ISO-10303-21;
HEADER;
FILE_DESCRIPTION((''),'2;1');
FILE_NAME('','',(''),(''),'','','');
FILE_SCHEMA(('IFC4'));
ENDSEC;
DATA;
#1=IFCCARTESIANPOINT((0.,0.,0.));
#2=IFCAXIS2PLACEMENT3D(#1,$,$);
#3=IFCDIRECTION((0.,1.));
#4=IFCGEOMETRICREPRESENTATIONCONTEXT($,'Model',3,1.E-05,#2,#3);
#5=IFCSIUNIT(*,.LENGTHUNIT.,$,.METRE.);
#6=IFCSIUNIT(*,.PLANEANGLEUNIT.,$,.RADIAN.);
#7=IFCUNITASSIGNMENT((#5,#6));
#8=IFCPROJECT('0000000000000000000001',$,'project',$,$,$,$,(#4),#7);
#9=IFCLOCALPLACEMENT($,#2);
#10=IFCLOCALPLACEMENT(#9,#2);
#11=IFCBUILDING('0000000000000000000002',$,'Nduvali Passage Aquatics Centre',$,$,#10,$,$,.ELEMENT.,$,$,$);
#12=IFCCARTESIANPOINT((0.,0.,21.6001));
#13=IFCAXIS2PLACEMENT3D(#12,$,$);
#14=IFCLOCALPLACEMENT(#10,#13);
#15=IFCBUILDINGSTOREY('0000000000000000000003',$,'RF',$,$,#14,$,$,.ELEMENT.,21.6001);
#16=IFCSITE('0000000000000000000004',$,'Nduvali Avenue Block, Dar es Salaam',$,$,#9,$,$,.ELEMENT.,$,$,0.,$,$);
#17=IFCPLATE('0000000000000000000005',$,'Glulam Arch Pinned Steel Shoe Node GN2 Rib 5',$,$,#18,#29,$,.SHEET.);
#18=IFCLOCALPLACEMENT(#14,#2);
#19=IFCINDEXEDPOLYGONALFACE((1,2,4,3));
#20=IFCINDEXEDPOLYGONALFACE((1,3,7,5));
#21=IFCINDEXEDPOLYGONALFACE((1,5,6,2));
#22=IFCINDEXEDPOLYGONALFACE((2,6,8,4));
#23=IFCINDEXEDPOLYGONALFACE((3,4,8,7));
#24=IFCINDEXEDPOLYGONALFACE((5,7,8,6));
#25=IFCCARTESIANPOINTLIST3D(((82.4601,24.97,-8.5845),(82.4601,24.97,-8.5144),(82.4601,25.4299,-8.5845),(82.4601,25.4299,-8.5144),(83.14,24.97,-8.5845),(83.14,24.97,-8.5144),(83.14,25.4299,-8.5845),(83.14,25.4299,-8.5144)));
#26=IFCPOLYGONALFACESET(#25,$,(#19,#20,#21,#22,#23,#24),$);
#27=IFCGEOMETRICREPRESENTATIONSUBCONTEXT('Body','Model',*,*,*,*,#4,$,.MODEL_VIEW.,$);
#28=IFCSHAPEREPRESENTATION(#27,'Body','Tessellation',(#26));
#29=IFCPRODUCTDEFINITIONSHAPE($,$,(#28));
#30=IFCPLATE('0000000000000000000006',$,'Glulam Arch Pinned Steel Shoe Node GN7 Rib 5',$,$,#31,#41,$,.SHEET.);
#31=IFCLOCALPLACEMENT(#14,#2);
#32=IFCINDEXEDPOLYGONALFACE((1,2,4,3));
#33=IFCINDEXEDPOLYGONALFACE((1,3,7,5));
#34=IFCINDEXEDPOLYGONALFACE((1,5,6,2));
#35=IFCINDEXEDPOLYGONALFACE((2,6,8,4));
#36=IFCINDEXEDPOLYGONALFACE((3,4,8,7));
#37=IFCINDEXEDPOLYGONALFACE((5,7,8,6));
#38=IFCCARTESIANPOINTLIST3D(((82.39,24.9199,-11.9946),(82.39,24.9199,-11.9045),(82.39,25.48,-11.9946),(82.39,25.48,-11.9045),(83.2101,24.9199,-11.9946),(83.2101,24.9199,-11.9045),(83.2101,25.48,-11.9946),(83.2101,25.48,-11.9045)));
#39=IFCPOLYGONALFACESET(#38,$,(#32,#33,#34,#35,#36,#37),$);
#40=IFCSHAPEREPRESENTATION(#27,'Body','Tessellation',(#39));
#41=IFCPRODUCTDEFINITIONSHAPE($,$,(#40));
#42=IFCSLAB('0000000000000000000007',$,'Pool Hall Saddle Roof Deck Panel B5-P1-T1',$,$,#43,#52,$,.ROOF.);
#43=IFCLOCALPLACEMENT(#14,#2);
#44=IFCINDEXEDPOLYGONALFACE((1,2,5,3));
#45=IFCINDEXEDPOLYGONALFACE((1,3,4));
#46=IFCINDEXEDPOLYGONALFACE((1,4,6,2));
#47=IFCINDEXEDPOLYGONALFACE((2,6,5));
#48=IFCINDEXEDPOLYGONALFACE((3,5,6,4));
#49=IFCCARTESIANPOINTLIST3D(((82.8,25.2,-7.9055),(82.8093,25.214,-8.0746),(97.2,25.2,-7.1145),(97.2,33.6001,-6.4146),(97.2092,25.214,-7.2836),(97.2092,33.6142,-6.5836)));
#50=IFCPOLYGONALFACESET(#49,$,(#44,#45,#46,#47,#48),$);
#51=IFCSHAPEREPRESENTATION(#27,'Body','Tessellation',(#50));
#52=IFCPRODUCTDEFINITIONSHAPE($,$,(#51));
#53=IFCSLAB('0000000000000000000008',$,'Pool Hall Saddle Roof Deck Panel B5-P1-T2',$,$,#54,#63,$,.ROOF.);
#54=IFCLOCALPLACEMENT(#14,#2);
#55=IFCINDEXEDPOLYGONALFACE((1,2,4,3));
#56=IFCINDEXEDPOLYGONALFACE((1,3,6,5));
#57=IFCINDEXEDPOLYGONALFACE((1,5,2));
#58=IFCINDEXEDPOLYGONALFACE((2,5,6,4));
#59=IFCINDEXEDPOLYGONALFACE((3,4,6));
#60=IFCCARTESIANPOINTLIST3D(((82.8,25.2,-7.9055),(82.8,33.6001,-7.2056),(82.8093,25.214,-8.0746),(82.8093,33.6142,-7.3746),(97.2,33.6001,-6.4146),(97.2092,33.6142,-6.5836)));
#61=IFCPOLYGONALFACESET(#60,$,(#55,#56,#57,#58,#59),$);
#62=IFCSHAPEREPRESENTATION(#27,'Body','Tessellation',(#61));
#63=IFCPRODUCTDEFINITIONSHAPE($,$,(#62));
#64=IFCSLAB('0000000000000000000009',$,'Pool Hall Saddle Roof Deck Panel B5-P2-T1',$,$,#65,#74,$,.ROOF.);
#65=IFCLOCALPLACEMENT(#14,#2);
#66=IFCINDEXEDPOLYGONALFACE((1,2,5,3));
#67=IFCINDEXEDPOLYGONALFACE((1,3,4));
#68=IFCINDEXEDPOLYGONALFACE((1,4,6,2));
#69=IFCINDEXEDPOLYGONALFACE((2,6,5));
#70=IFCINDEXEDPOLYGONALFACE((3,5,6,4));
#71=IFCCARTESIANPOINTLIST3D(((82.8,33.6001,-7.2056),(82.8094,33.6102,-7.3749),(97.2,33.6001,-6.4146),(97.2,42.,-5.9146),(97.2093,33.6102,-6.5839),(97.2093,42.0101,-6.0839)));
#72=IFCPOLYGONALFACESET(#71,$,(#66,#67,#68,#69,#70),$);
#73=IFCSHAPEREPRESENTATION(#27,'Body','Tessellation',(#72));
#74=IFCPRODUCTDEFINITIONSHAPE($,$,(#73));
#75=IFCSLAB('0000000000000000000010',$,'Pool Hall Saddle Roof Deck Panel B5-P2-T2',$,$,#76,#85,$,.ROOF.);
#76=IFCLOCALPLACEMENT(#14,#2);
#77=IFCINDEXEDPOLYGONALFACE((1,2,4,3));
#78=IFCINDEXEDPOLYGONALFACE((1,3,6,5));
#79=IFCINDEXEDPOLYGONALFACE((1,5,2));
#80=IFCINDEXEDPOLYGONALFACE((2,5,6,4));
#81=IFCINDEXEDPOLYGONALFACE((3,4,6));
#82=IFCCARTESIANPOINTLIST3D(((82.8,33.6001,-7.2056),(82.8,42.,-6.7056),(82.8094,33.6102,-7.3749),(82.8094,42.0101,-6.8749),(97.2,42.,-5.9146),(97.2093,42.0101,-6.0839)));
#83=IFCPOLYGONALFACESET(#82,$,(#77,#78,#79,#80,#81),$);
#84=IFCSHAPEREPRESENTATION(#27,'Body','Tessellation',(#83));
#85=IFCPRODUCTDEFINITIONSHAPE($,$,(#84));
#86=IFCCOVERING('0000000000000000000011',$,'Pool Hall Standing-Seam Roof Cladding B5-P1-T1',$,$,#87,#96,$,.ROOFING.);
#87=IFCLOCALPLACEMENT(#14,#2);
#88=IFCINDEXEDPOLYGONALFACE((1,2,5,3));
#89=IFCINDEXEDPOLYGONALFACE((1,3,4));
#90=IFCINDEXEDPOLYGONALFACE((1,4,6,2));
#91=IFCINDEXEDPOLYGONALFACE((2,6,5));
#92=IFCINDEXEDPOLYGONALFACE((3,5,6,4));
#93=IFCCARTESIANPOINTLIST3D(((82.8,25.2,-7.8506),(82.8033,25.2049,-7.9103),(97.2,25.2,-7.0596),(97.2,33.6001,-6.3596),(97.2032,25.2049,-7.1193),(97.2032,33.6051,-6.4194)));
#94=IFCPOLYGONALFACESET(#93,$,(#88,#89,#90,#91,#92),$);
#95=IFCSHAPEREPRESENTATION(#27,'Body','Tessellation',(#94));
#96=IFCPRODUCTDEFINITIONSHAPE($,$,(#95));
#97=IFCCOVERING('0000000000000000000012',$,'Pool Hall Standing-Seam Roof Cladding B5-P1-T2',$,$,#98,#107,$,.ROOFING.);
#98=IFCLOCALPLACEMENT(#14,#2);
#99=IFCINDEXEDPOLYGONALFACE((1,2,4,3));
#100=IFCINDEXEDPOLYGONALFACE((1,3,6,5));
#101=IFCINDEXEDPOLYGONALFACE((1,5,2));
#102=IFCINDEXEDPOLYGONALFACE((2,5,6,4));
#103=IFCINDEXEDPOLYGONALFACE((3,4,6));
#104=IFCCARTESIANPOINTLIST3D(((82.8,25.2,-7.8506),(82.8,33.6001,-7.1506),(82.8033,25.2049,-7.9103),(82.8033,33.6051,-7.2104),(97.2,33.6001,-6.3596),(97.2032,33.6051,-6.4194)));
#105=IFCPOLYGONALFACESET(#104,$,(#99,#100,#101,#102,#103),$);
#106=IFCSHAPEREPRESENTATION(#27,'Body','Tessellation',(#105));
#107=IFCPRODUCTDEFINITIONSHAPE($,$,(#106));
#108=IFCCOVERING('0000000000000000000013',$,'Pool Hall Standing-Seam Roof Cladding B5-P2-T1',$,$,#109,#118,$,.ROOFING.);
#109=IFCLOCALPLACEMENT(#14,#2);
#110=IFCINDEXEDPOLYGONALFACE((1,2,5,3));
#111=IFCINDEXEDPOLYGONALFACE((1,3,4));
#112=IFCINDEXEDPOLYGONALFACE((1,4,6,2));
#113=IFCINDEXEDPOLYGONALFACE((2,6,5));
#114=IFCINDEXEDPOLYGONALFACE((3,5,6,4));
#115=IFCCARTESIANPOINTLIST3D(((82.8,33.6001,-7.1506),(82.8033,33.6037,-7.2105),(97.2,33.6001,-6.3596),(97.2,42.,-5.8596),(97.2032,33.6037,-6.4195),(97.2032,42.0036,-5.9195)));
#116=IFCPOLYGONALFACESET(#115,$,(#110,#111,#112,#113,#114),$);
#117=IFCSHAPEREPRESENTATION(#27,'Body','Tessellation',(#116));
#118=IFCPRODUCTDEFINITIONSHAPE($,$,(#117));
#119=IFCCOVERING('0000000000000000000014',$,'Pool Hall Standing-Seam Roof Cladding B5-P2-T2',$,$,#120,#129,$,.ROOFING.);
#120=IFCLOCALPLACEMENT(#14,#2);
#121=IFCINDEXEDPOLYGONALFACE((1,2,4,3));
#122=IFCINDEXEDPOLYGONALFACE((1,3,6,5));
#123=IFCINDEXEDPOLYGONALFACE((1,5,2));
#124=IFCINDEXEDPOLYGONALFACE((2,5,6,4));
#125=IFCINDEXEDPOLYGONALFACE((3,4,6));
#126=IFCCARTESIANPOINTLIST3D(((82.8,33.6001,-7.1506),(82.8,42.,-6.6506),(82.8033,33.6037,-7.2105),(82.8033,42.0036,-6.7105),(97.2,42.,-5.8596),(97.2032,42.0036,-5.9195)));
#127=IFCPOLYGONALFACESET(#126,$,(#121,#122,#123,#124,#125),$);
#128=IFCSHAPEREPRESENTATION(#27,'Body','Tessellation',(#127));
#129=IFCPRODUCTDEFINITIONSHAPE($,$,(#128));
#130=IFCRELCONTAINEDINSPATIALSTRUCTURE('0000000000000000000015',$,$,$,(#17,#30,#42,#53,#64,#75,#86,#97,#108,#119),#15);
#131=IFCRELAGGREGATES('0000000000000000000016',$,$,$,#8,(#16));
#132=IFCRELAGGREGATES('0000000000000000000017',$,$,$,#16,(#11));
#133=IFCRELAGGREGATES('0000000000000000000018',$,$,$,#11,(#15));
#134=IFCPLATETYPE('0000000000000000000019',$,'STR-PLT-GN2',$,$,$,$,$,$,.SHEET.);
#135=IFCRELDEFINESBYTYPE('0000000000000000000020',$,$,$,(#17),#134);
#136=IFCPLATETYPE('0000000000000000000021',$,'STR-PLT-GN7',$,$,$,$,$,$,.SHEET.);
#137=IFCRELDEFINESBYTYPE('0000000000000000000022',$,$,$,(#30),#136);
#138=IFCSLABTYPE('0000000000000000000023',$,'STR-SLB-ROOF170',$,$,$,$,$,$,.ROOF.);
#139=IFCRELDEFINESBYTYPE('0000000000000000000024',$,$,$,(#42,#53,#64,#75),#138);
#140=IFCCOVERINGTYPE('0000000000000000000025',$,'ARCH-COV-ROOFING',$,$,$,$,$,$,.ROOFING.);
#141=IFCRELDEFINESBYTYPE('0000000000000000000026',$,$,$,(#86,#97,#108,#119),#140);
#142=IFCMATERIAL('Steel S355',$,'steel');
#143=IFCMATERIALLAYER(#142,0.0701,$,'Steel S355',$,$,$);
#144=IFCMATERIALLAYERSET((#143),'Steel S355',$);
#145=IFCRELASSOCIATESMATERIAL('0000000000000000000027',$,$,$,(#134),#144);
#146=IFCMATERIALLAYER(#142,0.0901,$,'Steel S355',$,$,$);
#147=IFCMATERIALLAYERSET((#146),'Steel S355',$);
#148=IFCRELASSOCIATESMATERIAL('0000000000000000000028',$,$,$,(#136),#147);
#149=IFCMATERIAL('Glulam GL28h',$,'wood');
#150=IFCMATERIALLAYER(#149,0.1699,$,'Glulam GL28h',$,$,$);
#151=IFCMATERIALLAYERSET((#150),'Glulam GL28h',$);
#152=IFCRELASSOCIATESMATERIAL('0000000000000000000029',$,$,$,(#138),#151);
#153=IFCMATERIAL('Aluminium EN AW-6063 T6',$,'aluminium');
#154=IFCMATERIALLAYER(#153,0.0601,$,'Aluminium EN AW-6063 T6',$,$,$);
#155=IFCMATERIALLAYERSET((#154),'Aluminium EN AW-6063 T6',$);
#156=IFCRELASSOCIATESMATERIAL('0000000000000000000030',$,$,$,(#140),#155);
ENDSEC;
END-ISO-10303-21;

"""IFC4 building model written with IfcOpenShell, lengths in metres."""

from ifc_helpers import new_model, si_unit, direction, frame, origin, origin_2d, place, context, subcontext, project, spatial, polyline, rectangle, outline, extrude, material, layer, layer_set, type_object, element, save


model = new_model("IFC4")

# Units and contexts
model_context = context("Model", 3, precision=1e-05, world=origin(), true_north=direction((0.0, 1.0)))
body_context = subcontext(model_context, "Body", "Model", "MODEL_VIEW")
ifc_project = project(units=[si_unit("LENGTHUNIT", "METRE"), si_unit("PLANEANGLEUNIT", "RADIAN")], contexts=[model_context])

# Site, building, storey
site_placement = place(None, origin())
site = spatial("IfcSite", under=ifc_project, at=site_placement, Name="Nduvali Avenue Block, Dar es Salaam", CompositionType="ELEMENT", RefElevation=0.0)
building_placement = place(site_placement, origin())
building = spatial("IfcBuilding", under=site, at=building_placement, Name="Nduvali Passage Aquatics Centre", CompositionType="ELEMENT")
storey_placement = place(building_placement, frame((0.0, 0.0, 21.6001)))
storey = spatial("IfcBuildingStorey", under=building, at=storey_placement, Name="RF", CompositionType="ELEMENT", Elevation=21.6001)

# Shared definitions
ifc_material_1 = material(Name="Steel S355", Category="steel")
ifc_material_2 = material(Name="Glulam GL28h", Category="wood")

# Plates
ifc_layer_1 = layer(ifc_material_1, 0.0701, Name="Steel S355")
ifc_layer_set_1 = layer_set([ifc_layer_1], Name="Steel S355")
plate_type_1 = type_object("IfcPlateType", Name="STR-PLT-GN2", PredefinedType="SHEET", material=ifc_layer_set_1)
plate_1_placement = place(storey_placement, frame((82.8, 25.2, -8.5845), z_axis=(0.0, 0.0, 1.0), x_axis=(1.0, 0.0, 0.0)))
element("IfcPlate", 1, at=plate_1_placement, inside=storey, type_object=plate_type_1, Name="Glulam Arch Pinned Steel Shoe Node GN2 Rib 5", PredefinedType="SHEET", context=body_context, shape_type="SweptSolid", body=[
    extrude(rectangle(XDim=0.6799, YDim=0.46, at=origin_2d()), origin(), (0.0, 0.0, 1.0), 0.0701),
])
ifc_layer_2 = layer(ifc_material_1, 0.0901, Name="Steel S355")
ifc_layer_set_2 = layer_set([ifc_layer_2], Name="Steel S355")
plate_type_2 = type_object("IfcPlateType", Name="STR-PLT-GN7", PredefinedType="SHEET", material=ifc_layer_set_2)
plate_2_placement = place(storey_placement, frame((82.8, 25.2, -11.9946), z_axis=(0.0, 0.0, 1.0), x_axis=(1.0, 0.0, 0.0)))
element("IfcPlate", 2, at=plate_2_placement, inside=storey, type_object=plate_type_2, Name="Glulam Arch Pinned Steel Shoe Node GN7 Rib 5", PredefinedType="SHEET", context=body_context, shape_type="SweptSolid", body=[
    extrude(rectangle(XDim=0.8201, YDim=0.5601, at=origin_2d()), origin(), (0.0, 0.0, 1.0), 0.0901),
])

# Slabs
ifc_layer_3 = layer(ifc_material_2, 0.1699, Name="Glulam GL28h")
ifc_layer_set_3 = layer_set([ifc_layer_3], Name="Glulam GL28h")
slab_type = type_object("IfcSlabType", Name="STR-SLB-ROOF170", PredefinedType="ROOF", material=ifc_layer_set_3)
slab_1_placement = place(storey_placement, frame((82.8, 25.2, -7.9055), z_axis=(-0.05466, -0.082914, 0.995057), x_axis=(0.998495, 0.0, 0.054849)))
element("IfcSlab", 3, at=slab_1_placement, inside=storey, type_object=slab_type, Name="Pool Hall Saddle Roof Deck Panel B5-P1-T1", PredefinedType="ROOF", context=body_context, shape_type="SweptSolid", body=[
    extrude(outline(polyline([(0.0, 0.0), (14.4216, 0.0), (14.46, 8.4292), (0.0, 0.0)])), origin(), (0.0, 0.0, -1.0), 0.1699),
])
slab_2_placement = place(storey_placement, frame((82.8, 25.2, -7.9055), z_axis=(-0.05466, -0.082914, 0.995057), x_axis=(0.86034, 0.501877, 0.08908)))
element("IfcSlab", 4, at=slab_2_placement, inside=storey, type_object=slab_type, Name="Pool Hall Saddle Roof Deck Panel B5-P1-T2", PredefinedType="ROOF", context=body_context, shape_type="SweptSolid", body=[
    extrude(outline(polyline([(0.0, 0.0), (16.7375, 0.0), (4.2782, 7.2629), (0.0, 0.0)])), origin(), (0.0, 0.0, -1.0), 0.1699),
])
slab_3_placement = place(storey_placement, frame((82.8, 33.6001, -7.2056), z_axis=(-0.054753, -0.05933, 0.996736), x_axis=(0.998495, 0.0, 0.054849)))
element("IfcSlab", 5, at=slab_3_placement, inside=storey, type_object=slab_type, Name="Pool Hall Saddle Roof Deck Panel B5-P2-T1", PredefinedType="ROOF", context=body_context, shape_type="SweptSolid", body=[
    extrude(outline(polyline([(0.0, 0.0), (14.4216, 0.0), (14.449, 8.4147), (0.0, 0.0)])), origin(), (0.0, 0.0, -1.0), 0.1699),
])
slab_4_placement = place(storey_placement, frame((82.8, 33.6001, -7.2056), z_axis=(-0.054753, -0.05933, 0.996736), x_axis=(0.861201, 0.502365, 0.077211)))
element("IfcSlab", 6, at=slab_4_placement, inside=storey, type_object=slab_type, Name="Pool Hall Saddle Roof Deck Panel B5-P2-T2", PredefinedType="ROOF", context=body_context, shape_type="SweptSolid", body=[
    extrude(outline(polyline([(0.0, 0.0), (16.7207, 0.0), (4.2584, 7.2577), (0.0, 0.0)])), origin(), (0.0, 0.0, -1.0), 0.1699),
])

# Coverings
ifc_material_3 = material(Name="Aluminium EN AW-6063 T6", Category="aluminium")
ifc_layer_4 = layer(ifc_material_3, 0.0601, Name="Aluminium EN AW-6063 T6")
ifc_layer_set_4 = layer_set([ifc_layer_4], Name="Aluminium EN AW-6063 T6")
covering_type = type_object("IfcCoveringType", Name="ARCH-COV-ROOFING", PredefinedType="ROOFING", material=ifc_layer_set_4)
covering_1_placement = place(storey_placement, frame((82.8, 25.2, -7.8506), z_axis=(-0.05466, -0.082914, 0.995057), x_axis=(0.998495, 0.0, 0.054849)))
element("IfcCovering", 7, at=covering_1_placement, inside=storey, type_object=covering_type, Name="Pool Hall Standing-Seam Roof Cladding B5-P1-T1", PredefinedType="ROOFING", context=body_context, shape_type="SweptSolid", body=[
    extrude(outline(polyline([(0.0, 0.0), (14.4216, 0.0), (14.46, 8.4292), (0.0, 0.0)])), origin(), (0.0, 0.0, -1.0), 0.0601),
])
covering_2_placement = place(storey_placement, frame((82.8, 25.2, -7.8506), z_axis=(-0.05466, -0.082914, 0.995057), x_axis=(0.86034, 0.501877, 0.08908)))
element("IfcCovering", 8, at=covering_2_placement, inside=storey, type_object=covering_type, Name="Pool Hall Standing-Seam Roof Cladding B5-P1-T2", PredefinedType="ROOFING", context=body_context, shape_type="SweptSolid", body=[
    extrude(outline(polyline([(0.0, 0.0), (16.7375, 0.0), (4.2782, 7.2629), (0.0, 0.0)])), origin(), (0.0, 0.0, -1.0), 0.0601),
])
covering_3_placement = place(storey_placement, frame((82.8, 33.6001, -7.1506), z_axis=(-0.054753, -0.05933, 0.996736), x_axis=(0.998495, 0.0, 0.054849)))
element("IfcCovering", 9, at=covering_3_placement, inside=storey, type_object=covering_type, Name="Pool Hall Standing-Seam Roof Cladding B5-P2-T1", PredefinedType="ROOFING", context=body_context, shape_type="SweptSolid", body=[
    extrude(outline(polyline([(0.0, 0.0), (14.4216, 0.0), (14.449, 8.4147), (0.0, 0.0)])), origin(), (0.0, 0.0, -1.0), 0.0601),
])
covering_4_placement = place(storey_placement, frame((82.8, 33.6001, -7.1506), z_axis=(-0.054753, -0.05933, 0.996736), x_axis=(0.861201, 0.502365, 0.077211)))
element("IfcCovering", 10, at=covering_4_placement, inside=storey, type_object=covering_type, Name="Pool Hall Standing-Seam Roof Cladding B5-P2-T2", PredefinedType="ROOFING", context=body_context, shape_type="SweptSolid", body=[
    extrude(outline(polyline([(0.0, 0.0), (16.7207, 0.0), (4.2584, 7.2577), (0.0, 0.0)])), origin(), (0.0, 0.0, -1.0), 0.0601),
])

save(model, "model.ifc")
